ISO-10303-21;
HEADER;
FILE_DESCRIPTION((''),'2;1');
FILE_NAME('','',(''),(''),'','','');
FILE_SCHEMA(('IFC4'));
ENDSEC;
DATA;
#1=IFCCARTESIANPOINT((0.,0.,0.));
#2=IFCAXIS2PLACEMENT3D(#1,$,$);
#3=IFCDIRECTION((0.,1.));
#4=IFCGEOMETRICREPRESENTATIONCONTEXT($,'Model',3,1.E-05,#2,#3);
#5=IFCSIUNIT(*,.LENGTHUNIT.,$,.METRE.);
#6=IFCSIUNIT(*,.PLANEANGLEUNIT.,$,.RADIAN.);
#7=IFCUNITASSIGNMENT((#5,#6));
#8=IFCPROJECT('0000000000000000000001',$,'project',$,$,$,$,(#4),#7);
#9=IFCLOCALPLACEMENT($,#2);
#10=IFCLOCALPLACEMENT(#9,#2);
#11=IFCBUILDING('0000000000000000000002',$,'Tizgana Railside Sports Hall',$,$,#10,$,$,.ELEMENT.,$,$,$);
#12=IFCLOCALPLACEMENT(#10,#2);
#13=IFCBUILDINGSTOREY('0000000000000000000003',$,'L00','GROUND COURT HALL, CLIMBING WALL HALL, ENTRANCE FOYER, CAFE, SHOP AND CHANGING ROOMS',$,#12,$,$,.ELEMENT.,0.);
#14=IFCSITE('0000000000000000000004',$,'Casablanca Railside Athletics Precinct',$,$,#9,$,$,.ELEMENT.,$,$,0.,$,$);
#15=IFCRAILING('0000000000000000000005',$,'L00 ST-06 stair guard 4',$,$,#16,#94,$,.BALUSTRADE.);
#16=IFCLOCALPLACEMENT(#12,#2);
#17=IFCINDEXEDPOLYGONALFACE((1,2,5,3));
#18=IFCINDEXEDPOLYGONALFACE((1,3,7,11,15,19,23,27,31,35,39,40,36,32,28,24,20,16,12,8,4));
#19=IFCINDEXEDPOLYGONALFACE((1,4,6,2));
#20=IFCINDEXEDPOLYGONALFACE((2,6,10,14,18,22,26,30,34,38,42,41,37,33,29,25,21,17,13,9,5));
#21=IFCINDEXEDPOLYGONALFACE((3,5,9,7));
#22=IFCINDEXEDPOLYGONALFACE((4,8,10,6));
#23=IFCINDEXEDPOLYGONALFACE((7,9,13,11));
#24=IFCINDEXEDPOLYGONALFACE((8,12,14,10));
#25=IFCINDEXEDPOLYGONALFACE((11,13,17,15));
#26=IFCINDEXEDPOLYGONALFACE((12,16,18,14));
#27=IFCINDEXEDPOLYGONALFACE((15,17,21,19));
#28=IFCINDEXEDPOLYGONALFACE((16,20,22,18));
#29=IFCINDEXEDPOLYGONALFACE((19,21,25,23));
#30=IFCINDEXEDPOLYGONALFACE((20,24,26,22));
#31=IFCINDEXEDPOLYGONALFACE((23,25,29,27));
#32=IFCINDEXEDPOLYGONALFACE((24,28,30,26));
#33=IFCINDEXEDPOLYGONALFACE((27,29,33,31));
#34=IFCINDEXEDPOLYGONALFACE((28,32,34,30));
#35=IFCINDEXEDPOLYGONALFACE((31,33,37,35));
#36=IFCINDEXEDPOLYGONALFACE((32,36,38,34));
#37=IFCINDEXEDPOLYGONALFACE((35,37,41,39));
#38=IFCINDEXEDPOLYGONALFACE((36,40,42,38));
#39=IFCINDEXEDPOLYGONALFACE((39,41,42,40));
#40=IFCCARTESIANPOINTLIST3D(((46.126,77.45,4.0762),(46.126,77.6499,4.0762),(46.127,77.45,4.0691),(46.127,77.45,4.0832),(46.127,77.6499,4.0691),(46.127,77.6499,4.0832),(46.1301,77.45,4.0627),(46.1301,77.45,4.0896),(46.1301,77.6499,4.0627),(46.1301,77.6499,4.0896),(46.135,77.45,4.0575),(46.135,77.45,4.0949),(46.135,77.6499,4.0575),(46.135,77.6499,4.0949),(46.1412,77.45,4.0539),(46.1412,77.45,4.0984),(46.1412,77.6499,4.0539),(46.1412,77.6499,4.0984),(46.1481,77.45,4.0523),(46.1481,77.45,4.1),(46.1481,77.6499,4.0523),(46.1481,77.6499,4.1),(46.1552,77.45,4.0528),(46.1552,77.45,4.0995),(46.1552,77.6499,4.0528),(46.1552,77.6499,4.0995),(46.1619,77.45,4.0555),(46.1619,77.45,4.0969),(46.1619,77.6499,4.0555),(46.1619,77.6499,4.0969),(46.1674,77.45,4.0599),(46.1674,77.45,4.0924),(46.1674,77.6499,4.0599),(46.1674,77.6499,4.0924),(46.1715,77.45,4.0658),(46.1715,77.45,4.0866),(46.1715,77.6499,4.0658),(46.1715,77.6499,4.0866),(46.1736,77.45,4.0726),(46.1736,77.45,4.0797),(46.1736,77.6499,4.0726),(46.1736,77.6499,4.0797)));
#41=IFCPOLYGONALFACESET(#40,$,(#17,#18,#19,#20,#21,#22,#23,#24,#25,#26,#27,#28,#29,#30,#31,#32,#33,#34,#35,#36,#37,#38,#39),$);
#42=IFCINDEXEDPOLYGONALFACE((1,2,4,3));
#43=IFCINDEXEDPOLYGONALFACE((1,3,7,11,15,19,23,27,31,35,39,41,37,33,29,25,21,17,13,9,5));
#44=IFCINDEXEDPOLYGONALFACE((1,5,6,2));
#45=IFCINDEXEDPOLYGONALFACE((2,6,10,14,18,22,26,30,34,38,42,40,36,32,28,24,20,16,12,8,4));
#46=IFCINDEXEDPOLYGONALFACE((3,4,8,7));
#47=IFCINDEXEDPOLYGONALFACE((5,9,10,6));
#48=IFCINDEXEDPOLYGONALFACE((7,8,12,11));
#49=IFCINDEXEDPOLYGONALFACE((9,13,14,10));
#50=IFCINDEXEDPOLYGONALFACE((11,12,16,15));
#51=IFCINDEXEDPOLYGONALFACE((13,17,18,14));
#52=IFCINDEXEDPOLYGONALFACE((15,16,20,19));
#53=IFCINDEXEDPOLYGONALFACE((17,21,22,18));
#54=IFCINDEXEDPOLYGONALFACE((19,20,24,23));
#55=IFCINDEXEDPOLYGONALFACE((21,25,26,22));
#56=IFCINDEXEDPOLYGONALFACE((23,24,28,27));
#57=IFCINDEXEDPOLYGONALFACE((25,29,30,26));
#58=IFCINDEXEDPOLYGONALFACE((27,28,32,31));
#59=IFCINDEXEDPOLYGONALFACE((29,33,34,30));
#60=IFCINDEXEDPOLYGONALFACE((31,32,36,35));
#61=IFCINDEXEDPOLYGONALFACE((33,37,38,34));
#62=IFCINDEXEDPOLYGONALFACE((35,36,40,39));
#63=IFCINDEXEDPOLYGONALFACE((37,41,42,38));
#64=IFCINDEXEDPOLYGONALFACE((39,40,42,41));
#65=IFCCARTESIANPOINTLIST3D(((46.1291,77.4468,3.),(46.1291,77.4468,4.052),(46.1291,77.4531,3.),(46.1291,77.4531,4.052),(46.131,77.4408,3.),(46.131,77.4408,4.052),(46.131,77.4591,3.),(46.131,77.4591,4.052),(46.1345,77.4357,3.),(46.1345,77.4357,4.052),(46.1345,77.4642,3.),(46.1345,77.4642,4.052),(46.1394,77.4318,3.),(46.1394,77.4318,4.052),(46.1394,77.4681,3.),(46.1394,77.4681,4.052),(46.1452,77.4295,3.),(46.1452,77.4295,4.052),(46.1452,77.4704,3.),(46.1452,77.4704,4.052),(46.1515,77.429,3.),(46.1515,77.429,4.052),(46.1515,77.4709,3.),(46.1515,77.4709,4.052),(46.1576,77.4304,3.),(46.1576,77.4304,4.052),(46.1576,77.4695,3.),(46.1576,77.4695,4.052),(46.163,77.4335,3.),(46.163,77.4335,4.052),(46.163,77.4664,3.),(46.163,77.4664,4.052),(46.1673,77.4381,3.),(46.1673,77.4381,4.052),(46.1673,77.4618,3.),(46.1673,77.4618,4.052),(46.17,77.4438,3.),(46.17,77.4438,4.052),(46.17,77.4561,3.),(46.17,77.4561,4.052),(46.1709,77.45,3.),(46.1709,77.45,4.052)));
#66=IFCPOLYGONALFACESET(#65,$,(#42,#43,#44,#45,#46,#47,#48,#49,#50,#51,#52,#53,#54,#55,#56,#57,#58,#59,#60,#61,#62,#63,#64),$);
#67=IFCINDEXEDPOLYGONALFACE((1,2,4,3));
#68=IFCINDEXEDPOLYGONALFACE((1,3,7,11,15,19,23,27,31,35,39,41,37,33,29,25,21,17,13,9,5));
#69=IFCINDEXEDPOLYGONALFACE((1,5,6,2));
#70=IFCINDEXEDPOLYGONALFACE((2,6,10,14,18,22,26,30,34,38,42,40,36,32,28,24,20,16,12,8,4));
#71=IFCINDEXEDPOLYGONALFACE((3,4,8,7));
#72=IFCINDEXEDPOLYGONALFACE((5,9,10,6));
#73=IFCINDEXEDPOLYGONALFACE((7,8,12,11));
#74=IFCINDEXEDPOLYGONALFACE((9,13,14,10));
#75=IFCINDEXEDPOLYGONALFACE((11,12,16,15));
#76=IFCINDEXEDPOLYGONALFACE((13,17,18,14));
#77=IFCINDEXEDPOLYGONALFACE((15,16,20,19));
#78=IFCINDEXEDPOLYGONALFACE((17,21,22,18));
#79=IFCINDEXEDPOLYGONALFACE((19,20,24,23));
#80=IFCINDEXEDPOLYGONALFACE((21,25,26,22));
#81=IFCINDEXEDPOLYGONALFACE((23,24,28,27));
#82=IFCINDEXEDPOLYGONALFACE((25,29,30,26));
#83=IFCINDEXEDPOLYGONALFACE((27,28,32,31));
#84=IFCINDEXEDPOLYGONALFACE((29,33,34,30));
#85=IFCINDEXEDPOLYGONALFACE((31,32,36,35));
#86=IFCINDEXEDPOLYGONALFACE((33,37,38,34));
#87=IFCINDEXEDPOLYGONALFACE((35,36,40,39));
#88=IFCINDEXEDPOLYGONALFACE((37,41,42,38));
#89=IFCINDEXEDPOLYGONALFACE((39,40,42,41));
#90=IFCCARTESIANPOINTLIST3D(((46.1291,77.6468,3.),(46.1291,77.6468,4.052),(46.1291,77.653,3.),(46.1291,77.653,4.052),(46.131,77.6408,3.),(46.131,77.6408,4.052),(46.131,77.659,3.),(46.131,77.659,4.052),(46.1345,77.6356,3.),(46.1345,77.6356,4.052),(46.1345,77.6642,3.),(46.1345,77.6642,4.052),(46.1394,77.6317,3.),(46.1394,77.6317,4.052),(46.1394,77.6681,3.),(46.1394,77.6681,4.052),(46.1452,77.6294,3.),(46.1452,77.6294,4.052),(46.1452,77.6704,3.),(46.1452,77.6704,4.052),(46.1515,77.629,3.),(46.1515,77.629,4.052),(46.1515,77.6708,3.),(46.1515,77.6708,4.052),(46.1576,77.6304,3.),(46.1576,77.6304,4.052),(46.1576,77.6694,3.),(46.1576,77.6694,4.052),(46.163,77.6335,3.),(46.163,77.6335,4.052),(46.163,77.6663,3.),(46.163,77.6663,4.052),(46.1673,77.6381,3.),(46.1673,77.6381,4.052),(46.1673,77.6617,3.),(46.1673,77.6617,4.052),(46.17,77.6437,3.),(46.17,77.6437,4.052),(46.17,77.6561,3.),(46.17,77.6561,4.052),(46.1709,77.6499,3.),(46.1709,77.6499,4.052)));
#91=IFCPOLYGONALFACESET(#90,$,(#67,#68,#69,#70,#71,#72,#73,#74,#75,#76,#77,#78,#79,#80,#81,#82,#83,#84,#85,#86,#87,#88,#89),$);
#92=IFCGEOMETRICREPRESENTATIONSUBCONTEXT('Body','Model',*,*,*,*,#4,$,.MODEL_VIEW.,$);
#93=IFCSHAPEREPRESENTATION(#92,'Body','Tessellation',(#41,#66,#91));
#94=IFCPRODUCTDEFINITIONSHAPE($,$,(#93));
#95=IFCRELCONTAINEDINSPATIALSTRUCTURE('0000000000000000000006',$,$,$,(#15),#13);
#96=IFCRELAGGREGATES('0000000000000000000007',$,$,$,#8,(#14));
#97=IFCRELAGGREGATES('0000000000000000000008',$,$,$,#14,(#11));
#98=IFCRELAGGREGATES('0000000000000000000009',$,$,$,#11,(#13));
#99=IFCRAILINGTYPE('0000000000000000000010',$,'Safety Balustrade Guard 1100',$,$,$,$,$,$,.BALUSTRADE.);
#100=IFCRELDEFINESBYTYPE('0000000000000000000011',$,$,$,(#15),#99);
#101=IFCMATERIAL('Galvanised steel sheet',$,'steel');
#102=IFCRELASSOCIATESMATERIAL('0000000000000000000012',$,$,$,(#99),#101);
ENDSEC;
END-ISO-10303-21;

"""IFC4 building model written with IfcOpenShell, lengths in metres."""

from ifc_helpers import new_model, si_unit, direction, frame, origin, origin_2d, place, context, subcontext, project, spatial, circle, extrude, material, type_object, element, save


model = new_model("IFC4")

# Units and contexts
model_context = context("Model", 3, precision=1e-05, world=origin(), true_north=direction((0.0, 1.0)))
body_context = subcontext(model_context, "Body", "Model", "MODEL_VIEW")
ifc_project = project(units=[si_unit("LENGTHUNIT", "METRE"), si_unit("PLANEANGLEUNIT", "RADIAN")], contexts=[model_context])

# Site, building, storey
site_placement = place(None, origin())
site = spatial("IfcSite", under=ifc_project, at=site_placement, Name="Casablanca Railside Athletics Precinct", CompositionType="ELEMENT", RefElevation=0.0)
building_placement = place(site_placement, origin())
building = spatial("IfcBuilding", under=site, at=building_placement, Name="Tizgana Railside Sports Hall", CompositionType="ELEMENT")
storey_placement = place(building_placement, origin())
storey = spatial("IfcBuildingStorey", under=building, at=storey_placement, Name="L00", Description="GROUND COURT HALL, CLIMBING WALL HALL, ENTRANCE FOYER, CAFE, SHOP AND CHANGING ROOMS", CompositionType="ELEMENT", Elevation=0.0)

# Railing
ifc_material_1 = material(Name="Galvanised steel sheet", Category="steel")
railing_type_1 = type_object("IfcRailingType", Name="Safety Balustrade Guard 1100", PredefinedType="BALUSTRADE", material=ifc_material_1)
railing_1_placement = place(storey_placement, frame((46.1499, 77.45, 3.0)))
element("IfcRailing", 1, at=railing_1_placement, inside=storey, type_object=railing_type_1, Name="L00 ST-06 stair guard 4", PredefinedType="BALUSTRADE", context=body_context, shape_type="SweptSolid", body=[
    extrude(circle(Radius=0.0239, at=origin_2d()), frame((0.0, 0.0, 1.0762), z_axis=(0.0, 1.0, 0.0), x_axis=(-1.0, 0.0, 0.0)), (0.0, 0.0, 1.0), 0.2),
    extrude(circle(Radius=0.021, at=origin_2d()), origin(), (0.0, 0.0, 1.0), 1.052),
    extrude(circle(Radius=0.021, at=origin_2d()), frame((0.0, 0.2, 0.0)), (0.0, 0.0, 1.0), 1.052),
])

save(model, "model.ifc")
